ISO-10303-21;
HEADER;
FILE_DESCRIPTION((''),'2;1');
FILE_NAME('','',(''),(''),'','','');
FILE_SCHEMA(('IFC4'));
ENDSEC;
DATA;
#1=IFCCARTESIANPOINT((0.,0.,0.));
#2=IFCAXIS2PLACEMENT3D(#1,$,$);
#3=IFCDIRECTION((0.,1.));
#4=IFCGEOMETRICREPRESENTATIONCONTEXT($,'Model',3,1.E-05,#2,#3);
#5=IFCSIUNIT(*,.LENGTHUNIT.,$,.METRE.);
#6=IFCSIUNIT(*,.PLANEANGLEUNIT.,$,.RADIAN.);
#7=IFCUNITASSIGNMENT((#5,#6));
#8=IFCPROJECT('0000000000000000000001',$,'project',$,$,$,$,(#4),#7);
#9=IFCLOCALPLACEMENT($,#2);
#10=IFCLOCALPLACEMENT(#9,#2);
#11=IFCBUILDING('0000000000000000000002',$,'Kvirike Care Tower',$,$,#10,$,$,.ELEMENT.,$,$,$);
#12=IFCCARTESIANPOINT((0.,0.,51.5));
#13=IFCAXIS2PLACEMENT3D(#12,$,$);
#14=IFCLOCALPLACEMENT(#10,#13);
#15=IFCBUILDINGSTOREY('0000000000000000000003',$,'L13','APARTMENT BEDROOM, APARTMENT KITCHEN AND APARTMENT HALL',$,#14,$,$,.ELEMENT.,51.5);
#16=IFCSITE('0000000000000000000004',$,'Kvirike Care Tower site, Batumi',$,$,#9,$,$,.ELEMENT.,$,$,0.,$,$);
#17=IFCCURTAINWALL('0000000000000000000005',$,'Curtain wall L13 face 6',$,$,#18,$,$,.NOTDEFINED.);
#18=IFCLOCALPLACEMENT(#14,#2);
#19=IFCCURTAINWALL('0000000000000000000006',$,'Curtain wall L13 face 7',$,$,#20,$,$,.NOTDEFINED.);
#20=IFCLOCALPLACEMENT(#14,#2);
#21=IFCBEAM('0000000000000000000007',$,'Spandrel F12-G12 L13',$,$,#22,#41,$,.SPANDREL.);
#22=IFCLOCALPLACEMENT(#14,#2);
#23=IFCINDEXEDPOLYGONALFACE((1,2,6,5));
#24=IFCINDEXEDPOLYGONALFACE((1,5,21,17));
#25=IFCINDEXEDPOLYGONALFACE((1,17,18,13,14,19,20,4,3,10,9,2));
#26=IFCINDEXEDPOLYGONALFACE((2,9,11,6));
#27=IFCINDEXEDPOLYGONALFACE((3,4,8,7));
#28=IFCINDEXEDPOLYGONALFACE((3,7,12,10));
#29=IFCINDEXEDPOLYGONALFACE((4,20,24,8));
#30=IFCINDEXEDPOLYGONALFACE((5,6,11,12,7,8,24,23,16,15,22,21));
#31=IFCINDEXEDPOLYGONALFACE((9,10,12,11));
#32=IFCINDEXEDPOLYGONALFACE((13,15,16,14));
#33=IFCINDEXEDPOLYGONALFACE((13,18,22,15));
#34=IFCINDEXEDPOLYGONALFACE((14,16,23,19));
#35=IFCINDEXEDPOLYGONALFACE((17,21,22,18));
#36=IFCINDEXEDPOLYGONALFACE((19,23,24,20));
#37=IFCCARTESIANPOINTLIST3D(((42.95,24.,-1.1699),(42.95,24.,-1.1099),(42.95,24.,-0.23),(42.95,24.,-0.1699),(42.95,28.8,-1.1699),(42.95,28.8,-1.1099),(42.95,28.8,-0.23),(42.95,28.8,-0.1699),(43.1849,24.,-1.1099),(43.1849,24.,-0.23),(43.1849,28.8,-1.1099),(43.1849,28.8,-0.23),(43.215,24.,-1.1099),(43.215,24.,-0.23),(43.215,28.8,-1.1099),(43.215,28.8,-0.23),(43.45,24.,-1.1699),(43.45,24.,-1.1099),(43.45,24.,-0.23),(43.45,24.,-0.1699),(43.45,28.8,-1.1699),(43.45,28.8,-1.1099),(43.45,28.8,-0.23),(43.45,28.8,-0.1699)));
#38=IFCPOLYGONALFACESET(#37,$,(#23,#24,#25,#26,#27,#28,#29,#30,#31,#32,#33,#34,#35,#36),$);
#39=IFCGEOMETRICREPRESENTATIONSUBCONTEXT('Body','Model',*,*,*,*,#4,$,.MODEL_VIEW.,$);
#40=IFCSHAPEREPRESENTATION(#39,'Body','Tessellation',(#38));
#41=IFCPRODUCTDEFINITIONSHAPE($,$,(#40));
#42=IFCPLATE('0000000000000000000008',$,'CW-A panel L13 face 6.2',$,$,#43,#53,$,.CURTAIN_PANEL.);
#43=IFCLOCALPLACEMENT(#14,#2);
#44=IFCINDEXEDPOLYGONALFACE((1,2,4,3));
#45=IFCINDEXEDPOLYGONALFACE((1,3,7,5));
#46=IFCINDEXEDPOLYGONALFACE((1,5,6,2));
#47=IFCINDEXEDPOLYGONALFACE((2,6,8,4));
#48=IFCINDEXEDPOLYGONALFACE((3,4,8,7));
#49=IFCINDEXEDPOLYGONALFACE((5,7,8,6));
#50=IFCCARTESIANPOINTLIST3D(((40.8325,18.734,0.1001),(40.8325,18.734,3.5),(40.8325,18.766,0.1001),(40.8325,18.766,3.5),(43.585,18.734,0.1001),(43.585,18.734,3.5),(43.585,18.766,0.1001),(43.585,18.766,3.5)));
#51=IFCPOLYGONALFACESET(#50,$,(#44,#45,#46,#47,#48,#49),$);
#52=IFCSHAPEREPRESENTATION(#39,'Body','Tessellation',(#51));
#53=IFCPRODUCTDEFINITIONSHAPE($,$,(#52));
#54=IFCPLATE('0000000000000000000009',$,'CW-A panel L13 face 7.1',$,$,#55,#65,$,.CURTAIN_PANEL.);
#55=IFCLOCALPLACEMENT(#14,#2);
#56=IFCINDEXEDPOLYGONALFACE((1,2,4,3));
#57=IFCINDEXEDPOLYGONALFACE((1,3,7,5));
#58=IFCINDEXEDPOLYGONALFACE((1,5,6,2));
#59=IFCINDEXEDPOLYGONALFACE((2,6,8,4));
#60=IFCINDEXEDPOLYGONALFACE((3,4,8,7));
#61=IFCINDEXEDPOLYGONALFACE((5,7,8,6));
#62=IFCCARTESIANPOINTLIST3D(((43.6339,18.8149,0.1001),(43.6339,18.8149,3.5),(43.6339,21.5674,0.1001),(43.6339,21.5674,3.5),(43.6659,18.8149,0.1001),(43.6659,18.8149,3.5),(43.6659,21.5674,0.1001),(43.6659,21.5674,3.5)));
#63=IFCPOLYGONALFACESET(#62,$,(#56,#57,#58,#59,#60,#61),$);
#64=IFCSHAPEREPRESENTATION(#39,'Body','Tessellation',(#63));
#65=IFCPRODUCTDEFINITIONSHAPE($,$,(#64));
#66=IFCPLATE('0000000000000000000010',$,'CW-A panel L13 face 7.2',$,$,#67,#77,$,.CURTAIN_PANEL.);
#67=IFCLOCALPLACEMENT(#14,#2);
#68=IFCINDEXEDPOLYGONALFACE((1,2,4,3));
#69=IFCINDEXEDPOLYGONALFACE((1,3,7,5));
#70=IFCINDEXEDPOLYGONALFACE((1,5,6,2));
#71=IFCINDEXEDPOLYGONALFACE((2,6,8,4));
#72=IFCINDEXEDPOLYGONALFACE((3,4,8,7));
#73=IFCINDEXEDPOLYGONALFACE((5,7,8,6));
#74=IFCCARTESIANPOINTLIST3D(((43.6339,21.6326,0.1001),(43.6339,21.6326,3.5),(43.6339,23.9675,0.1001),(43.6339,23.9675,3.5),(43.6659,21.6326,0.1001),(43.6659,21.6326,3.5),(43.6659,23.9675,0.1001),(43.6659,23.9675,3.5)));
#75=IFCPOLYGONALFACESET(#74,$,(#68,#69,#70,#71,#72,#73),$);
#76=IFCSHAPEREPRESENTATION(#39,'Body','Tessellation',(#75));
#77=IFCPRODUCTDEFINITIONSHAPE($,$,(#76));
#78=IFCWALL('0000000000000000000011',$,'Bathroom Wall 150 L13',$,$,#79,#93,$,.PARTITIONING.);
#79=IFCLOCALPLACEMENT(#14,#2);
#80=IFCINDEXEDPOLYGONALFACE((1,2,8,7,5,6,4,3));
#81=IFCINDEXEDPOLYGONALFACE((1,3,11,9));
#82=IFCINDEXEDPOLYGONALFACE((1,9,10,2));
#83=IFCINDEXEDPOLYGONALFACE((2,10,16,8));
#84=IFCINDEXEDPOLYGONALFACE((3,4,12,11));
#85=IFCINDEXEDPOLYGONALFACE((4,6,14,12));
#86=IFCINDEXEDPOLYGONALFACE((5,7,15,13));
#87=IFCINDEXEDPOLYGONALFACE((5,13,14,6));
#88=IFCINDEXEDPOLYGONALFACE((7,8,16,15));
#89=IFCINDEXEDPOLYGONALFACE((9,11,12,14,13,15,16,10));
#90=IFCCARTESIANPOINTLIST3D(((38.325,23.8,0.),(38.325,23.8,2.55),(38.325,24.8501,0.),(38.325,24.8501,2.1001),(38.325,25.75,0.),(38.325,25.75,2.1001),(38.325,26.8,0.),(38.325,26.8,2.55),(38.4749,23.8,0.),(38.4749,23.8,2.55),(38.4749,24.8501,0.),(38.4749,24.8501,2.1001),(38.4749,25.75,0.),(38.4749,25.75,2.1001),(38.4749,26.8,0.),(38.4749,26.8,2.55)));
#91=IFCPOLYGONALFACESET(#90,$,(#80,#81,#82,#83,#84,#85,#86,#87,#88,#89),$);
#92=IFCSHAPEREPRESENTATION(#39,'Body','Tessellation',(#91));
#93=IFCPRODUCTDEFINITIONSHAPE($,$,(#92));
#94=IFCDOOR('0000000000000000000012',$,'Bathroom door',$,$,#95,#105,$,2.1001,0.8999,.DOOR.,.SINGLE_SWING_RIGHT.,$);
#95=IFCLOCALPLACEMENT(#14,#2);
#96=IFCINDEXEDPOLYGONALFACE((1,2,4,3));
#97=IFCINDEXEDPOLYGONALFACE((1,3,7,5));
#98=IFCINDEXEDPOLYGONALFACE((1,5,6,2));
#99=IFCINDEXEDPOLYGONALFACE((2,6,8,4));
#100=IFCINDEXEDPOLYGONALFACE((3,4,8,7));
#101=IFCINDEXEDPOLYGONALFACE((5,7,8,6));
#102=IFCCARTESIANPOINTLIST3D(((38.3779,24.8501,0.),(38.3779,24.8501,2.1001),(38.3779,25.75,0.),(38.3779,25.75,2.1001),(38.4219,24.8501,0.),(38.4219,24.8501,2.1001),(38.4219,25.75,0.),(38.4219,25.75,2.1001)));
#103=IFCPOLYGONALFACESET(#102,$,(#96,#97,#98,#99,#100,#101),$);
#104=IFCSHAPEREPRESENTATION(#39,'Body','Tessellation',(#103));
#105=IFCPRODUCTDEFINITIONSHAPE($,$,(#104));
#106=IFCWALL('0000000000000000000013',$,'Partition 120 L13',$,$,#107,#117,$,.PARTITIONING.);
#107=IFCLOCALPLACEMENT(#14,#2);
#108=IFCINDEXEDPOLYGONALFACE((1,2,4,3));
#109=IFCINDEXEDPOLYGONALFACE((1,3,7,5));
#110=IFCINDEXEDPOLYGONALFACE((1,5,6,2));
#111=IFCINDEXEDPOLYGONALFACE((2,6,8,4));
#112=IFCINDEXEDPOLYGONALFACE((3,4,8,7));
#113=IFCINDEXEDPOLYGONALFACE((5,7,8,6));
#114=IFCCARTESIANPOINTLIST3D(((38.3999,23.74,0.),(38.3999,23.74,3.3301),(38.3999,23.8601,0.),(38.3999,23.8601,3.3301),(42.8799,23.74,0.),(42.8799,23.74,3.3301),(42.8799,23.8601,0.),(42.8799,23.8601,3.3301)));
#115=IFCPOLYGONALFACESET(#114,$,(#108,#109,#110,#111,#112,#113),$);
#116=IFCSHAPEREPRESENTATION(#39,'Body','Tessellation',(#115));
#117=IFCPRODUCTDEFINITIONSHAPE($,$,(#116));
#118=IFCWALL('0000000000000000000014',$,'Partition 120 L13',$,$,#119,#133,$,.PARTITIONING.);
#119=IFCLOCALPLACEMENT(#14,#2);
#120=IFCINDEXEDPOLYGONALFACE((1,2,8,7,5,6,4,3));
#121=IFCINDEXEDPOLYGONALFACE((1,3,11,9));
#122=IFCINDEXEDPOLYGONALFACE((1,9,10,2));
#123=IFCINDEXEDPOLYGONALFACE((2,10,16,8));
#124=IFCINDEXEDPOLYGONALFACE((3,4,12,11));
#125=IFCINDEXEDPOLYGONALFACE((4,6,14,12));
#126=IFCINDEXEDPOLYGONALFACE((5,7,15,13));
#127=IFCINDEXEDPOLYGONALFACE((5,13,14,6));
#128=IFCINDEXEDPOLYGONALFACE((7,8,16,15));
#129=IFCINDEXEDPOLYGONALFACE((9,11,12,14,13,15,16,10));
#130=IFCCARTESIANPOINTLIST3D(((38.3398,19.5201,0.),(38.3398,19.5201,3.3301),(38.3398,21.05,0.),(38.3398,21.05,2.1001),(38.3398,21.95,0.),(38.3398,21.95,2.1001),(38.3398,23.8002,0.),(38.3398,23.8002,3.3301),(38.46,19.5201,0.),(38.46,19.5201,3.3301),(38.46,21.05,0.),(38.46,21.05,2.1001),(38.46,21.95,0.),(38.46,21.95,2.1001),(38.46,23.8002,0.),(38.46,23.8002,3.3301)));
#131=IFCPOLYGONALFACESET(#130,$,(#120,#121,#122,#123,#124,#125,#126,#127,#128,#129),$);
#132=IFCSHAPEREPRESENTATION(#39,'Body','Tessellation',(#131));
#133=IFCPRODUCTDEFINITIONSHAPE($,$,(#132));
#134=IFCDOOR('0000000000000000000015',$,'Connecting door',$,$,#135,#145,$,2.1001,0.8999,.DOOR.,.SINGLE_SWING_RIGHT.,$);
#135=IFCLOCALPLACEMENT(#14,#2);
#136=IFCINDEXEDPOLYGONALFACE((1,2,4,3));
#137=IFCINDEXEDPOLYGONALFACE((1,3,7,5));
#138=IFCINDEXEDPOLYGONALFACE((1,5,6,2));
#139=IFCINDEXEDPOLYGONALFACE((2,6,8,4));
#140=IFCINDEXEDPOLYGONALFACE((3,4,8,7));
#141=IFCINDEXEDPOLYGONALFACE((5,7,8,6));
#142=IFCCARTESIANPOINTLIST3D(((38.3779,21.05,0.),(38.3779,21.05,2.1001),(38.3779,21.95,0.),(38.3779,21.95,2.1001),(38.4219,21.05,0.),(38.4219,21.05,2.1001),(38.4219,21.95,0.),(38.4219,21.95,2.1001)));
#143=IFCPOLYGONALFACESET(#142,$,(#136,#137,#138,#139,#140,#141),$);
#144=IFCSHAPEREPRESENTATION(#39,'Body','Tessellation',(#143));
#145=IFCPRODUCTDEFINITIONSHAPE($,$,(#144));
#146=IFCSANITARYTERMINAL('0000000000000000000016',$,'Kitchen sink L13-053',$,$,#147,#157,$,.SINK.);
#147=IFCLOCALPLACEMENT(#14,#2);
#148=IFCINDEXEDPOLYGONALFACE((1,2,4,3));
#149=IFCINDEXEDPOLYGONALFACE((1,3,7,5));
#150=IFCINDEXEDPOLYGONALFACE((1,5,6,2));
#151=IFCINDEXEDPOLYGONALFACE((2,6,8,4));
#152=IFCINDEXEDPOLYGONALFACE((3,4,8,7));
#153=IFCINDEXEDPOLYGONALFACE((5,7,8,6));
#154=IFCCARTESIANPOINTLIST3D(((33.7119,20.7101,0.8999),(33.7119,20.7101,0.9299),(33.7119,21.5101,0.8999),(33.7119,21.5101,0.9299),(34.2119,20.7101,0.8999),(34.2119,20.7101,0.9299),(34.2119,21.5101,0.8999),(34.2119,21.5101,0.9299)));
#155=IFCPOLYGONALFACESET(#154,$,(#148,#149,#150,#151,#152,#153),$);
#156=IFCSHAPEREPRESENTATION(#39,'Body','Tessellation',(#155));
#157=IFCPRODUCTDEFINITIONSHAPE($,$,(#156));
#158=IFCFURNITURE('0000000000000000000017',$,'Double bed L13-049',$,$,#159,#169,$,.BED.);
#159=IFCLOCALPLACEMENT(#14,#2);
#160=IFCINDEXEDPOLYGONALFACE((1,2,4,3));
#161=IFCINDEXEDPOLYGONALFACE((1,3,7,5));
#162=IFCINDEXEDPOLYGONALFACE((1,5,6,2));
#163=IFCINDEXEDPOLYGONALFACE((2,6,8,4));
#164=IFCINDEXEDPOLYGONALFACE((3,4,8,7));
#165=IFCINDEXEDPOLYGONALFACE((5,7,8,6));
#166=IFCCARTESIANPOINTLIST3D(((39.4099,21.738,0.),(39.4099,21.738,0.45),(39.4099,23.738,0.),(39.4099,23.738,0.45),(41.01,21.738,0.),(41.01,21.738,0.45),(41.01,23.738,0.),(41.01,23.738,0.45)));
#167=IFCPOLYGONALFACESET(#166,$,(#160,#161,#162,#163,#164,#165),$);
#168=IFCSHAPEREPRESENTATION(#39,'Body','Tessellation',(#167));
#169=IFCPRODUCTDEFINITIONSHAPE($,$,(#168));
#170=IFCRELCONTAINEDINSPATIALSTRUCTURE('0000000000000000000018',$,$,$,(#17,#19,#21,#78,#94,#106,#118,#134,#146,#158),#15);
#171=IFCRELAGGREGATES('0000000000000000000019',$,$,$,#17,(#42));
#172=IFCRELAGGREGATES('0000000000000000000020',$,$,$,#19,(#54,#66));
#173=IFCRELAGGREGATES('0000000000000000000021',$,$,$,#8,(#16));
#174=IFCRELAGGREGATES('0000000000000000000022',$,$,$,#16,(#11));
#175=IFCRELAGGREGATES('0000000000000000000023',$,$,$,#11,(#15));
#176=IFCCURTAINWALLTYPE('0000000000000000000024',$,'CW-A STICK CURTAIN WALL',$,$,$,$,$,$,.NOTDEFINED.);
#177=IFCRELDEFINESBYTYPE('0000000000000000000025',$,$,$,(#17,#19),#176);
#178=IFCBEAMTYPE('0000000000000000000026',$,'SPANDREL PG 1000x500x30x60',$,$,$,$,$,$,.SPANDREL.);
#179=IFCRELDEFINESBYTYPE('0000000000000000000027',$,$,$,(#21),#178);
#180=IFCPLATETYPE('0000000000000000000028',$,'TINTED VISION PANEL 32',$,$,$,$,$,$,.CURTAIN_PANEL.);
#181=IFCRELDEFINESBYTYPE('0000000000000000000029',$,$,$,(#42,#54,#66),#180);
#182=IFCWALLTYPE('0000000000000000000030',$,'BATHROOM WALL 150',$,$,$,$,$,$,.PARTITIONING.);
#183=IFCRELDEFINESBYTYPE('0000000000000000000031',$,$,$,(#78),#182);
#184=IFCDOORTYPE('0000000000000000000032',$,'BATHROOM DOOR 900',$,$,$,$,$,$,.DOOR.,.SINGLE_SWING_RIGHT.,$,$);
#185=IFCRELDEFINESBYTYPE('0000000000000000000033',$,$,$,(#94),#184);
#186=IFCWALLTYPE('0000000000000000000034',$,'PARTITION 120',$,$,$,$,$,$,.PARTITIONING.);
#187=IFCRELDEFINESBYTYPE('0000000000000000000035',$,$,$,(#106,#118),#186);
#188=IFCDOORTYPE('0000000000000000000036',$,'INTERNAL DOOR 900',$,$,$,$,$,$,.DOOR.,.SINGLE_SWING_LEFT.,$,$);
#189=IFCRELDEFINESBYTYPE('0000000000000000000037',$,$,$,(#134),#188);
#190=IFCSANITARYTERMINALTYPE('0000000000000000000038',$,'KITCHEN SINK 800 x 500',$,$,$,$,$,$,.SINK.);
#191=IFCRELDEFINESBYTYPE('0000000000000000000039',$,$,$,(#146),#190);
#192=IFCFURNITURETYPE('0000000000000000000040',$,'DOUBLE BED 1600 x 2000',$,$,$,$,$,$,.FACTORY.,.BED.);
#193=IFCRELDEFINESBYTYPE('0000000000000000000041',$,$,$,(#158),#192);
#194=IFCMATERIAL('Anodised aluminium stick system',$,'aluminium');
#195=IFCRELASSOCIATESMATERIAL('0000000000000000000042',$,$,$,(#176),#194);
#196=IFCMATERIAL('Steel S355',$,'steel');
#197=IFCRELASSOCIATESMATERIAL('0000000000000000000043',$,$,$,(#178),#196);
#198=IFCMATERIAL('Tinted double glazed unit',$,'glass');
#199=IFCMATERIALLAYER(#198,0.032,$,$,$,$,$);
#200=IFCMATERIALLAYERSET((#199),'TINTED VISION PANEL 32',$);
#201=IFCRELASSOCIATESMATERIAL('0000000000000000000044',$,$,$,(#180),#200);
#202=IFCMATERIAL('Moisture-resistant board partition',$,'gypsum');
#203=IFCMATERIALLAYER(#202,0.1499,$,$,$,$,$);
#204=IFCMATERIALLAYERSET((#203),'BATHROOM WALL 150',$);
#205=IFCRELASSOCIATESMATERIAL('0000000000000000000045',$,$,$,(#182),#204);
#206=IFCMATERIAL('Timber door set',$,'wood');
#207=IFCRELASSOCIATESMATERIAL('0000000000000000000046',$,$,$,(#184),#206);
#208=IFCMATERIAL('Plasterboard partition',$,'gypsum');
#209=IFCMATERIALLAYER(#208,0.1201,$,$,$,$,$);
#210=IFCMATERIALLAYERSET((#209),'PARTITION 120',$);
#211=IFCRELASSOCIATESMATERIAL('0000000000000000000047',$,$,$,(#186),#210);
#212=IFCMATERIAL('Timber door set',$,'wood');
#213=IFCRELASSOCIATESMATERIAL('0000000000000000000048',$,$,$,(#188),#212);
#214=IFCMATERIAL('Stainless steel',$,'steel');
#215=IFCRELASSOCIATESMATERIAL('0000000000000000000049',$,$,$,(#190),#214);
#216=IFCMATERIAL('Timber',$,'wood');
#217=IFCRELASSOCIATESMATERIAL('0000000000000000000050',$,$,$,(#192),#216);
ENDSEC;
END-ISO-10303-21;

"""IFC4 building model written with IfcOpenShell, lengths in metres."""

from ifc_helpers import new_model, si_unit, direction, frame, frame_2d, origin, origin_2d, place, context, subcontext, project, spatial, rectangle, i_section, extrude, material, layer, layer_set, material_profile, profile_set, type_object, element, fill, aggregate, save


model = new_model("IFC4")

# Units and contexts
model_context = context("Model", 3, precision=1e-05, world=origin(), true_north=direction((0.0, 1.0)))
body_context = subcontext(model_context, "Body", "Model", "MODEL_VIEW")
ifc_project = project(units=[si_unit("LENGTHUNIT", "METRE"), si_unit("PLANEANGLEUNIT", "RADIAN")], contexts=[model_context])

# Site, building, storey
site_placement = place(None, origin())
site = spatial("IfcSite", under=ifc_project, at=site_placement, Name="Kvirike Care Tower site, Batumi", CompositionType="ELEMENT", RefElevation=0.0)
building_placement = place(site_placement, origin())
building = spatial("IfcBuilding", under=site, at=building_placement, Name="Kvirike Care Tower", CompositionType="ELEMENT")
storey_placement = place(building_placement, frame((0.0, 0.0, 51.5)))
storey = spatial("IfcBuildingStorey", under=building, at=storey_placement, Name="L13", Description="APARTMENT BEDROOM, APARTMENT KITCHEN AND APARTMENT HALL", CompositionType="ELEMENT", Elevation=51.5)

# Curtain wall
ifc_material_1 = material(Name="Anodised aluminium stick system", Category="aluminium")
curtain_wall_type = type_object("IfcCurtainWallType", Name="CW-A STICK CURTAIN WALL", PredefinedType="NOTDEFINED", material=ifc_material_1)
curtain_wall_1_placement = place(storey_placement, origin())
curtain_wall_1 = element("IfcCurtainWall", 1, at=curtain_wall_1_placement, inside=storey, type_object=curtain_wall_type, Name="Curtain wall L13 face 6", PredefinedType="NOTDEFINED")

# Curtain wall
curtain_wall_2_placement = place(storey_placement, origin())
curtain_wall_2 = element("IfcCurtainWall", 2, at=curtain_wall_2_placement, inside=storey, type_object=curtain_wall_type, Name="Curtain wall L13 face 7", PredefinedType="NOTDEFINED")

# Beam
ifc_material_2 = material(Name="Steel S355", Category="steel")
ifc_material_profile_1 = material_profile(ifc_material_2, i_section(OverallWidth=0.5, OverallDepth=1.0, WebThickness=0.03, FlangeThickness=0.0601, at=origin_2d()), Name="PG 1000x500x30x60")
ifc_profile_set_1 = profile_set([ifc_material_profile_1], Name="Steel S355")
beam_type = type_object("IfcBeamType", Name="SPANDREL PG 1000x500x30x60", PredefinedType="SPANDREL", material=ifc_profile_set_1)
for number, where, z_axis, x_axis, name in (
    (3, (43.2, 24.0, -0.6699), (0.0, 1.0, 0.0), (-1.0, 0.0, 0.0), "Spandrel F12-G12 L13"),
):
    element("IfcBeam", number, at=place(storey_placement, frame(where, z_axis=z_axis, x_axis=x_axis)), inside=storey, type_object=beam_type, Name=name, PredefinedType="SPANDREL", context=body_context, shape_type="SweptSolid", body=[
        extrude(i_section(OverallWidth=0.5, OverallDepth=1.0, WebThickness=0.03, FlangeThickness=0.0601, at=origin_2d()), origin(), (0.0, 0.0, 1.0), 4.8),
    ])

# Plates
ifc_material_3 = material(Name="Tinted double glazed unit", Category="glass")
ifc_layer_1 = layer(ifc_material_3, 0.032)
ifc_layer_set_1 = layer_set([ifc_layer_1], Name="TINTED VISION PANEL 32")
plate_type = type_object("IfcPlateType", Name="TINTED VISION PANEL 32", PredefinedType="CURTAIN_PANEL", material=ifc_layer_set_1)
plate_1_placement = place(storey_placement, frame((42.2087, 18.75, 0.1001), z_axis=(0.0, 0.0, 1.0), x_axis=(1.0, 0.0, 0.0)))
plate_1 = element("IfcPlate", 4, at=plate_1_placement, type_object=plate_type, Name="CW-A panel L13 face 6.2", PredefinedType="CURTAIN_PANEL", context=body_context, shape_type="SweptSolid", body=[
    extrude(rectangle(XDim=2.7524, YDim=0.032, at=origin_2d()), origin(), (0.0, 0.0, 1.0), 3.3999),
])
aggregate(curtain_wall_1, [plate_1])
plate_2_placement = place(storey_placement, frame((43.6499, 20.1912, 0.1001), z_axis=(0.0, 0.0, 1.0), x_axis=(0.0, 1.0, 0.0)))
plate_2 = element("IfcPlate", 5, at=plate_2_placement, type_object=plate_type, Name="CW-A panel L13 face 7.1", PredefinedType="CURTAIN_PANEL", context=body_context, shape_type="SweptSolid", body=[
    extrude(rectangle(XDim=2.7524, YDim=0.032, at=origin_2d()), origin(), (0.0, 0.0, 1.0), 3.3999),
])
plate_3_placement = place(storey_placement, frame((43.6499, 22.8, 0.1001), z_axis=(0.0, 0.0, 1.0), x_axis=(0.0, 1.0, 0.0)))
plate_3 = element("IfcPlate", 6, at=plate_3_placement, type_object=plate_type, Name="CW-A panel L13 face 7.2", PredefinedType="CURTAIN_PANEL", context=body_context, shape_type="SweptSolid", body=[
    extrude(rectangle(XDim=2.335, YDim=0.032, at=origin_2d()), origin(), (0.0, 0.0, 1.0), 3.3999),
])
aggregate(curtain_wall_2, [plate_2, plate_3])

# Wall, opening, door
ifc_material_4 = material(Name="Moisture-resistant board partition", Category="gypsum")
ifc_layer_2 = layer(ifc_material_4, 0.1499)
ifc_layer_set_2 = layer_set([ifc_layer_2], Name="BATHROOM WALL 150")
wall_type_1 = type_object("IfcWallType", Name="BATHROOM WALL 150", PredefinedType="PARTITIONING", material=ifc_layer_set_2)
wall_1_placement = place(storey_placement, frame((38.3999, 23.8, 0.0), z_axis=(0.0, 0.0, 1.0), x_axis=(0.0, 1.0, 0.0)))
wall_1 = element("IfcWall", 7, at=wall_1_placement, inside=storey, type_object=wall_type_1, Name="Bathroom Wall 150 L13", PredefinedType="PARTITIONING", context=body_context, shape_type="SweptSolid", body=[
    extrude(rectangle(XDim=3.0, YDim=0.1499, at=frame_2d((1.5, 0.0))), origin(), (0.0, 0.0, 1.0), 2.55),
])
opening_1_placement = place(wall_1_placement, frame((1.05, 0.0, 0.0)))
opening_1 = element("IfcOpeningElement", 8, at=opening_1_placement, cuts=wall_1, PredefinedType="OPENING", context=body_context, shape_type="SweptSolid", body=[
    extrude(rectangle(XDim=0.8999, YDim=2.1001, at=frame_2d((0.45, 1.05))), frame((0.0, 0.0854, 0.0), z_axis=(0.0, -1.0, 0.0), x_axis=(1.0, 0.0, 0.0)), (0.0, 0.0, 1.0), 0.1709),
])
ifc_material_5 = material(Name="Timber door set", Category="wood")
door_type_1 = type_object("IfcDoorType", Name="BATHROOM DOOR 900", OperationType="SINGLE_SWING_RIGHT", PredefinedType="DOOR", material=ifc_material_5)
door_1_placement = place(opening_1_placement, frame((0.8999, 0.0, 0.0), z_axis=(0.0, 0.0, 1.0), x_axis=(-1.0, 0.0, 0.0)))
door_1 = element("IfcDoor", 9, at=door_1_placement, inside=storey, type_object=door_type_1, Name="Bathroom door", OperationType="SINGLE_SWING_RIGHT", OverallHeight=2.1001, OverallWidth=0.8999, PredefinedType="DOOR", context=body_context, shape_type="SweptSolid", body=[
    extrude(rectangle(XDim=0.8999, YDim=2.1001, at=frame_2d((0.45, 1.05))), frame((0.0, 0.022, 0.0), z_axis=(0.0, -1.0, 0.0), x_axis=(1.0, 0.0, 0.0)), (0.0, 0.0, 1.0), 0.0439),
])
fill(opening_1, door_1)

# Wall
ifc_material_6 = material(Name="Plasterboard partition", Category="gypsum")
ifc_layer_3 = layer(ifc_material_6, 0.1201)
ifc_layer_set_3 = layer_set([ifc_layer_3], Name="PARTITION 120")
wall_type_2 = type_object("IfcWallType", Name="PARTITION 120", PredefinedType="PARTITIONING", material=ifc_layer_set_3)
wall_2_placement = place(storey_placement, frame((38.3999, 23.8, 0.0), z_axis=(0.0, 0.0, 1.0), x_axis=(1.0, 0.0, 0.0)))
element("IfcWall", 10, at=wall_2_placement, inside=storey, type_object=wall_type_2, Name="Partition 120 L13", PredefinedType="PARTITIONING", context=body_context, shape_type="SweptSolid", body=[
    extrude(rectangle(XDim=4.48, YDim=0.1201, at=frame_2d((2.24, 0.0))), origin(), (0.0, 0.0, 1.0), 3.3301),
])

# Wall, opening, door
wall_3_placement = place(storey_placement, frame((38.3999, 19.52, 0.0), z_axis=(0.0, 0.0, 1.0), x_axis=(0.0, 1.0, 0.0)))
wall_3 = element("IfcWall", 11, at=wall_3_placement, inside=storey, type_object=wall_type_2, Name="Partition 120 L13", PredefinedType="PARTITIONING", context=body_context, shape_type="SweptSolid", body=[
    extrude(rectangle(XDim=4.28, YDim=0.1201, at=frame_2d((2.1401, 0.0))), origin(), (0.0, 0.0, 1.0), 3.3301),
])
opening_2_placement = place(wall_3_placement, frame((1.53, 0.0, 0.0)))
opening_2 = element("IfcOpeningElement", 12, at=opening_2_placement, cuts=wall_3, PredefinedType="OPENING", context=body_context, shape_type="SweptSolid", body=[
    extrude(rectangle(XDim=0.8999, YDim=2.1001, at=frame_2d((0.45, 1.05))), frame((0.0, 0.0706, 0.0), z_axis=(0.0, -1.0, 0.0), x_axis=(1.0, 0.0, 0.0)), (0.0, 0.0, 1.0), 0.1411),
])
ifc_material_7 = material(Name="Timber door set", Category="wood")
door_type_2 = type_object("IfcDoorType", Name="INTERNAL DOOR 900", OperationType="SINGLE_SWING_LEFT", PredefinedType="DOOR", material=ifc_material_7)
door_2_placement = place(opening_2_placement, frame((0.8999, 0.0, 0.0), z_axis=(0.0, 0.0, 1.0), x_axis=(-1.0, 0.0, 0.0)))
door_2 = element("IfcDoor", 13, at=door_2_placement, inside=storey, type_object=door_type_2, Name="Connecting door", OperationType="SINGLE_SWING_RIGHT", OverallHeight=2.1001, OverallWidth=0.8999, PredefinedType="DOOR", context=body_context, shape_type="SweptSolid", body=[
    extrude(rectangle(XDim=0.8999, YDim=2.1001, at=frame_2d((0.45, 1.05))), frame((0.0, 0.022, 0.0), z_axis=(0.0, -1.0, 0.0), x_axis=(1.0, 0.0, 0.0)), (0.0, 0.0, 1.0), 0.0439),
])
fill(opening_2, door_2)

# Sanitary terminal
ifc_material_8 = material(Name="Stainless steel", Category="steel")
sanitary_terminal_type = type_object("IfcSanitaryTerminalType", Name="KITCHEN SINK 800 x 500", PredefinedType="SINK", material=ifc_material_8)
sanitary_terminal_placement = place(storey_placement, frame((33.9619, 21.1101, 0.8999), z_axis=(0.0, 0.0, 1.0), x_axis=(0.0, 1.0, 0.0)))
element("IfcSanitaryTerminal", 14, at=sanitary_terminal_placement, inside=storey, type_object=sanitary_terminal_type, Name="Kitchen sink L13-053", PredefinedType="SINK", context=body_context, shape_type="SweptSolid", body=[
    extrude(rectangle(XDim=0.8, YDim=0.5, at=origin_2d()), origin(), (0.0, 0.0, 1.0), 0.03),
])

# Furniture
ifc_material_9 = material(Name="Timber", Category="wood")
furniture_type_1 = type_object("IfcFurnitureType", Name="DOUBLE BED 1600 x 2000", AssemblyPlace="FACTORY", PredefinedType="BED", material=ifc_material_9)
furniture_1_placement = place(storey_placement, frame((40.21, 22.738, 0.0), z_axis=(0.0, 0.0, 1.0), x_axis=(1.0, 0.0, 0.0)))
element("IfcFurniture", 15, at=furniture_1_placement, inside=storey, type_object=furniture_type_1, Name="Double bed L13-049", PredefinedType="BED", context=body_context, shape_type="SweptSolid", body=[
    extrude(rectangle(XDim=1.6001, YDim=2.0, at=origin_2d()), origin(), (0.0, 0.0, 1.0), 0.45),
])

save(model, "model.ifc")
